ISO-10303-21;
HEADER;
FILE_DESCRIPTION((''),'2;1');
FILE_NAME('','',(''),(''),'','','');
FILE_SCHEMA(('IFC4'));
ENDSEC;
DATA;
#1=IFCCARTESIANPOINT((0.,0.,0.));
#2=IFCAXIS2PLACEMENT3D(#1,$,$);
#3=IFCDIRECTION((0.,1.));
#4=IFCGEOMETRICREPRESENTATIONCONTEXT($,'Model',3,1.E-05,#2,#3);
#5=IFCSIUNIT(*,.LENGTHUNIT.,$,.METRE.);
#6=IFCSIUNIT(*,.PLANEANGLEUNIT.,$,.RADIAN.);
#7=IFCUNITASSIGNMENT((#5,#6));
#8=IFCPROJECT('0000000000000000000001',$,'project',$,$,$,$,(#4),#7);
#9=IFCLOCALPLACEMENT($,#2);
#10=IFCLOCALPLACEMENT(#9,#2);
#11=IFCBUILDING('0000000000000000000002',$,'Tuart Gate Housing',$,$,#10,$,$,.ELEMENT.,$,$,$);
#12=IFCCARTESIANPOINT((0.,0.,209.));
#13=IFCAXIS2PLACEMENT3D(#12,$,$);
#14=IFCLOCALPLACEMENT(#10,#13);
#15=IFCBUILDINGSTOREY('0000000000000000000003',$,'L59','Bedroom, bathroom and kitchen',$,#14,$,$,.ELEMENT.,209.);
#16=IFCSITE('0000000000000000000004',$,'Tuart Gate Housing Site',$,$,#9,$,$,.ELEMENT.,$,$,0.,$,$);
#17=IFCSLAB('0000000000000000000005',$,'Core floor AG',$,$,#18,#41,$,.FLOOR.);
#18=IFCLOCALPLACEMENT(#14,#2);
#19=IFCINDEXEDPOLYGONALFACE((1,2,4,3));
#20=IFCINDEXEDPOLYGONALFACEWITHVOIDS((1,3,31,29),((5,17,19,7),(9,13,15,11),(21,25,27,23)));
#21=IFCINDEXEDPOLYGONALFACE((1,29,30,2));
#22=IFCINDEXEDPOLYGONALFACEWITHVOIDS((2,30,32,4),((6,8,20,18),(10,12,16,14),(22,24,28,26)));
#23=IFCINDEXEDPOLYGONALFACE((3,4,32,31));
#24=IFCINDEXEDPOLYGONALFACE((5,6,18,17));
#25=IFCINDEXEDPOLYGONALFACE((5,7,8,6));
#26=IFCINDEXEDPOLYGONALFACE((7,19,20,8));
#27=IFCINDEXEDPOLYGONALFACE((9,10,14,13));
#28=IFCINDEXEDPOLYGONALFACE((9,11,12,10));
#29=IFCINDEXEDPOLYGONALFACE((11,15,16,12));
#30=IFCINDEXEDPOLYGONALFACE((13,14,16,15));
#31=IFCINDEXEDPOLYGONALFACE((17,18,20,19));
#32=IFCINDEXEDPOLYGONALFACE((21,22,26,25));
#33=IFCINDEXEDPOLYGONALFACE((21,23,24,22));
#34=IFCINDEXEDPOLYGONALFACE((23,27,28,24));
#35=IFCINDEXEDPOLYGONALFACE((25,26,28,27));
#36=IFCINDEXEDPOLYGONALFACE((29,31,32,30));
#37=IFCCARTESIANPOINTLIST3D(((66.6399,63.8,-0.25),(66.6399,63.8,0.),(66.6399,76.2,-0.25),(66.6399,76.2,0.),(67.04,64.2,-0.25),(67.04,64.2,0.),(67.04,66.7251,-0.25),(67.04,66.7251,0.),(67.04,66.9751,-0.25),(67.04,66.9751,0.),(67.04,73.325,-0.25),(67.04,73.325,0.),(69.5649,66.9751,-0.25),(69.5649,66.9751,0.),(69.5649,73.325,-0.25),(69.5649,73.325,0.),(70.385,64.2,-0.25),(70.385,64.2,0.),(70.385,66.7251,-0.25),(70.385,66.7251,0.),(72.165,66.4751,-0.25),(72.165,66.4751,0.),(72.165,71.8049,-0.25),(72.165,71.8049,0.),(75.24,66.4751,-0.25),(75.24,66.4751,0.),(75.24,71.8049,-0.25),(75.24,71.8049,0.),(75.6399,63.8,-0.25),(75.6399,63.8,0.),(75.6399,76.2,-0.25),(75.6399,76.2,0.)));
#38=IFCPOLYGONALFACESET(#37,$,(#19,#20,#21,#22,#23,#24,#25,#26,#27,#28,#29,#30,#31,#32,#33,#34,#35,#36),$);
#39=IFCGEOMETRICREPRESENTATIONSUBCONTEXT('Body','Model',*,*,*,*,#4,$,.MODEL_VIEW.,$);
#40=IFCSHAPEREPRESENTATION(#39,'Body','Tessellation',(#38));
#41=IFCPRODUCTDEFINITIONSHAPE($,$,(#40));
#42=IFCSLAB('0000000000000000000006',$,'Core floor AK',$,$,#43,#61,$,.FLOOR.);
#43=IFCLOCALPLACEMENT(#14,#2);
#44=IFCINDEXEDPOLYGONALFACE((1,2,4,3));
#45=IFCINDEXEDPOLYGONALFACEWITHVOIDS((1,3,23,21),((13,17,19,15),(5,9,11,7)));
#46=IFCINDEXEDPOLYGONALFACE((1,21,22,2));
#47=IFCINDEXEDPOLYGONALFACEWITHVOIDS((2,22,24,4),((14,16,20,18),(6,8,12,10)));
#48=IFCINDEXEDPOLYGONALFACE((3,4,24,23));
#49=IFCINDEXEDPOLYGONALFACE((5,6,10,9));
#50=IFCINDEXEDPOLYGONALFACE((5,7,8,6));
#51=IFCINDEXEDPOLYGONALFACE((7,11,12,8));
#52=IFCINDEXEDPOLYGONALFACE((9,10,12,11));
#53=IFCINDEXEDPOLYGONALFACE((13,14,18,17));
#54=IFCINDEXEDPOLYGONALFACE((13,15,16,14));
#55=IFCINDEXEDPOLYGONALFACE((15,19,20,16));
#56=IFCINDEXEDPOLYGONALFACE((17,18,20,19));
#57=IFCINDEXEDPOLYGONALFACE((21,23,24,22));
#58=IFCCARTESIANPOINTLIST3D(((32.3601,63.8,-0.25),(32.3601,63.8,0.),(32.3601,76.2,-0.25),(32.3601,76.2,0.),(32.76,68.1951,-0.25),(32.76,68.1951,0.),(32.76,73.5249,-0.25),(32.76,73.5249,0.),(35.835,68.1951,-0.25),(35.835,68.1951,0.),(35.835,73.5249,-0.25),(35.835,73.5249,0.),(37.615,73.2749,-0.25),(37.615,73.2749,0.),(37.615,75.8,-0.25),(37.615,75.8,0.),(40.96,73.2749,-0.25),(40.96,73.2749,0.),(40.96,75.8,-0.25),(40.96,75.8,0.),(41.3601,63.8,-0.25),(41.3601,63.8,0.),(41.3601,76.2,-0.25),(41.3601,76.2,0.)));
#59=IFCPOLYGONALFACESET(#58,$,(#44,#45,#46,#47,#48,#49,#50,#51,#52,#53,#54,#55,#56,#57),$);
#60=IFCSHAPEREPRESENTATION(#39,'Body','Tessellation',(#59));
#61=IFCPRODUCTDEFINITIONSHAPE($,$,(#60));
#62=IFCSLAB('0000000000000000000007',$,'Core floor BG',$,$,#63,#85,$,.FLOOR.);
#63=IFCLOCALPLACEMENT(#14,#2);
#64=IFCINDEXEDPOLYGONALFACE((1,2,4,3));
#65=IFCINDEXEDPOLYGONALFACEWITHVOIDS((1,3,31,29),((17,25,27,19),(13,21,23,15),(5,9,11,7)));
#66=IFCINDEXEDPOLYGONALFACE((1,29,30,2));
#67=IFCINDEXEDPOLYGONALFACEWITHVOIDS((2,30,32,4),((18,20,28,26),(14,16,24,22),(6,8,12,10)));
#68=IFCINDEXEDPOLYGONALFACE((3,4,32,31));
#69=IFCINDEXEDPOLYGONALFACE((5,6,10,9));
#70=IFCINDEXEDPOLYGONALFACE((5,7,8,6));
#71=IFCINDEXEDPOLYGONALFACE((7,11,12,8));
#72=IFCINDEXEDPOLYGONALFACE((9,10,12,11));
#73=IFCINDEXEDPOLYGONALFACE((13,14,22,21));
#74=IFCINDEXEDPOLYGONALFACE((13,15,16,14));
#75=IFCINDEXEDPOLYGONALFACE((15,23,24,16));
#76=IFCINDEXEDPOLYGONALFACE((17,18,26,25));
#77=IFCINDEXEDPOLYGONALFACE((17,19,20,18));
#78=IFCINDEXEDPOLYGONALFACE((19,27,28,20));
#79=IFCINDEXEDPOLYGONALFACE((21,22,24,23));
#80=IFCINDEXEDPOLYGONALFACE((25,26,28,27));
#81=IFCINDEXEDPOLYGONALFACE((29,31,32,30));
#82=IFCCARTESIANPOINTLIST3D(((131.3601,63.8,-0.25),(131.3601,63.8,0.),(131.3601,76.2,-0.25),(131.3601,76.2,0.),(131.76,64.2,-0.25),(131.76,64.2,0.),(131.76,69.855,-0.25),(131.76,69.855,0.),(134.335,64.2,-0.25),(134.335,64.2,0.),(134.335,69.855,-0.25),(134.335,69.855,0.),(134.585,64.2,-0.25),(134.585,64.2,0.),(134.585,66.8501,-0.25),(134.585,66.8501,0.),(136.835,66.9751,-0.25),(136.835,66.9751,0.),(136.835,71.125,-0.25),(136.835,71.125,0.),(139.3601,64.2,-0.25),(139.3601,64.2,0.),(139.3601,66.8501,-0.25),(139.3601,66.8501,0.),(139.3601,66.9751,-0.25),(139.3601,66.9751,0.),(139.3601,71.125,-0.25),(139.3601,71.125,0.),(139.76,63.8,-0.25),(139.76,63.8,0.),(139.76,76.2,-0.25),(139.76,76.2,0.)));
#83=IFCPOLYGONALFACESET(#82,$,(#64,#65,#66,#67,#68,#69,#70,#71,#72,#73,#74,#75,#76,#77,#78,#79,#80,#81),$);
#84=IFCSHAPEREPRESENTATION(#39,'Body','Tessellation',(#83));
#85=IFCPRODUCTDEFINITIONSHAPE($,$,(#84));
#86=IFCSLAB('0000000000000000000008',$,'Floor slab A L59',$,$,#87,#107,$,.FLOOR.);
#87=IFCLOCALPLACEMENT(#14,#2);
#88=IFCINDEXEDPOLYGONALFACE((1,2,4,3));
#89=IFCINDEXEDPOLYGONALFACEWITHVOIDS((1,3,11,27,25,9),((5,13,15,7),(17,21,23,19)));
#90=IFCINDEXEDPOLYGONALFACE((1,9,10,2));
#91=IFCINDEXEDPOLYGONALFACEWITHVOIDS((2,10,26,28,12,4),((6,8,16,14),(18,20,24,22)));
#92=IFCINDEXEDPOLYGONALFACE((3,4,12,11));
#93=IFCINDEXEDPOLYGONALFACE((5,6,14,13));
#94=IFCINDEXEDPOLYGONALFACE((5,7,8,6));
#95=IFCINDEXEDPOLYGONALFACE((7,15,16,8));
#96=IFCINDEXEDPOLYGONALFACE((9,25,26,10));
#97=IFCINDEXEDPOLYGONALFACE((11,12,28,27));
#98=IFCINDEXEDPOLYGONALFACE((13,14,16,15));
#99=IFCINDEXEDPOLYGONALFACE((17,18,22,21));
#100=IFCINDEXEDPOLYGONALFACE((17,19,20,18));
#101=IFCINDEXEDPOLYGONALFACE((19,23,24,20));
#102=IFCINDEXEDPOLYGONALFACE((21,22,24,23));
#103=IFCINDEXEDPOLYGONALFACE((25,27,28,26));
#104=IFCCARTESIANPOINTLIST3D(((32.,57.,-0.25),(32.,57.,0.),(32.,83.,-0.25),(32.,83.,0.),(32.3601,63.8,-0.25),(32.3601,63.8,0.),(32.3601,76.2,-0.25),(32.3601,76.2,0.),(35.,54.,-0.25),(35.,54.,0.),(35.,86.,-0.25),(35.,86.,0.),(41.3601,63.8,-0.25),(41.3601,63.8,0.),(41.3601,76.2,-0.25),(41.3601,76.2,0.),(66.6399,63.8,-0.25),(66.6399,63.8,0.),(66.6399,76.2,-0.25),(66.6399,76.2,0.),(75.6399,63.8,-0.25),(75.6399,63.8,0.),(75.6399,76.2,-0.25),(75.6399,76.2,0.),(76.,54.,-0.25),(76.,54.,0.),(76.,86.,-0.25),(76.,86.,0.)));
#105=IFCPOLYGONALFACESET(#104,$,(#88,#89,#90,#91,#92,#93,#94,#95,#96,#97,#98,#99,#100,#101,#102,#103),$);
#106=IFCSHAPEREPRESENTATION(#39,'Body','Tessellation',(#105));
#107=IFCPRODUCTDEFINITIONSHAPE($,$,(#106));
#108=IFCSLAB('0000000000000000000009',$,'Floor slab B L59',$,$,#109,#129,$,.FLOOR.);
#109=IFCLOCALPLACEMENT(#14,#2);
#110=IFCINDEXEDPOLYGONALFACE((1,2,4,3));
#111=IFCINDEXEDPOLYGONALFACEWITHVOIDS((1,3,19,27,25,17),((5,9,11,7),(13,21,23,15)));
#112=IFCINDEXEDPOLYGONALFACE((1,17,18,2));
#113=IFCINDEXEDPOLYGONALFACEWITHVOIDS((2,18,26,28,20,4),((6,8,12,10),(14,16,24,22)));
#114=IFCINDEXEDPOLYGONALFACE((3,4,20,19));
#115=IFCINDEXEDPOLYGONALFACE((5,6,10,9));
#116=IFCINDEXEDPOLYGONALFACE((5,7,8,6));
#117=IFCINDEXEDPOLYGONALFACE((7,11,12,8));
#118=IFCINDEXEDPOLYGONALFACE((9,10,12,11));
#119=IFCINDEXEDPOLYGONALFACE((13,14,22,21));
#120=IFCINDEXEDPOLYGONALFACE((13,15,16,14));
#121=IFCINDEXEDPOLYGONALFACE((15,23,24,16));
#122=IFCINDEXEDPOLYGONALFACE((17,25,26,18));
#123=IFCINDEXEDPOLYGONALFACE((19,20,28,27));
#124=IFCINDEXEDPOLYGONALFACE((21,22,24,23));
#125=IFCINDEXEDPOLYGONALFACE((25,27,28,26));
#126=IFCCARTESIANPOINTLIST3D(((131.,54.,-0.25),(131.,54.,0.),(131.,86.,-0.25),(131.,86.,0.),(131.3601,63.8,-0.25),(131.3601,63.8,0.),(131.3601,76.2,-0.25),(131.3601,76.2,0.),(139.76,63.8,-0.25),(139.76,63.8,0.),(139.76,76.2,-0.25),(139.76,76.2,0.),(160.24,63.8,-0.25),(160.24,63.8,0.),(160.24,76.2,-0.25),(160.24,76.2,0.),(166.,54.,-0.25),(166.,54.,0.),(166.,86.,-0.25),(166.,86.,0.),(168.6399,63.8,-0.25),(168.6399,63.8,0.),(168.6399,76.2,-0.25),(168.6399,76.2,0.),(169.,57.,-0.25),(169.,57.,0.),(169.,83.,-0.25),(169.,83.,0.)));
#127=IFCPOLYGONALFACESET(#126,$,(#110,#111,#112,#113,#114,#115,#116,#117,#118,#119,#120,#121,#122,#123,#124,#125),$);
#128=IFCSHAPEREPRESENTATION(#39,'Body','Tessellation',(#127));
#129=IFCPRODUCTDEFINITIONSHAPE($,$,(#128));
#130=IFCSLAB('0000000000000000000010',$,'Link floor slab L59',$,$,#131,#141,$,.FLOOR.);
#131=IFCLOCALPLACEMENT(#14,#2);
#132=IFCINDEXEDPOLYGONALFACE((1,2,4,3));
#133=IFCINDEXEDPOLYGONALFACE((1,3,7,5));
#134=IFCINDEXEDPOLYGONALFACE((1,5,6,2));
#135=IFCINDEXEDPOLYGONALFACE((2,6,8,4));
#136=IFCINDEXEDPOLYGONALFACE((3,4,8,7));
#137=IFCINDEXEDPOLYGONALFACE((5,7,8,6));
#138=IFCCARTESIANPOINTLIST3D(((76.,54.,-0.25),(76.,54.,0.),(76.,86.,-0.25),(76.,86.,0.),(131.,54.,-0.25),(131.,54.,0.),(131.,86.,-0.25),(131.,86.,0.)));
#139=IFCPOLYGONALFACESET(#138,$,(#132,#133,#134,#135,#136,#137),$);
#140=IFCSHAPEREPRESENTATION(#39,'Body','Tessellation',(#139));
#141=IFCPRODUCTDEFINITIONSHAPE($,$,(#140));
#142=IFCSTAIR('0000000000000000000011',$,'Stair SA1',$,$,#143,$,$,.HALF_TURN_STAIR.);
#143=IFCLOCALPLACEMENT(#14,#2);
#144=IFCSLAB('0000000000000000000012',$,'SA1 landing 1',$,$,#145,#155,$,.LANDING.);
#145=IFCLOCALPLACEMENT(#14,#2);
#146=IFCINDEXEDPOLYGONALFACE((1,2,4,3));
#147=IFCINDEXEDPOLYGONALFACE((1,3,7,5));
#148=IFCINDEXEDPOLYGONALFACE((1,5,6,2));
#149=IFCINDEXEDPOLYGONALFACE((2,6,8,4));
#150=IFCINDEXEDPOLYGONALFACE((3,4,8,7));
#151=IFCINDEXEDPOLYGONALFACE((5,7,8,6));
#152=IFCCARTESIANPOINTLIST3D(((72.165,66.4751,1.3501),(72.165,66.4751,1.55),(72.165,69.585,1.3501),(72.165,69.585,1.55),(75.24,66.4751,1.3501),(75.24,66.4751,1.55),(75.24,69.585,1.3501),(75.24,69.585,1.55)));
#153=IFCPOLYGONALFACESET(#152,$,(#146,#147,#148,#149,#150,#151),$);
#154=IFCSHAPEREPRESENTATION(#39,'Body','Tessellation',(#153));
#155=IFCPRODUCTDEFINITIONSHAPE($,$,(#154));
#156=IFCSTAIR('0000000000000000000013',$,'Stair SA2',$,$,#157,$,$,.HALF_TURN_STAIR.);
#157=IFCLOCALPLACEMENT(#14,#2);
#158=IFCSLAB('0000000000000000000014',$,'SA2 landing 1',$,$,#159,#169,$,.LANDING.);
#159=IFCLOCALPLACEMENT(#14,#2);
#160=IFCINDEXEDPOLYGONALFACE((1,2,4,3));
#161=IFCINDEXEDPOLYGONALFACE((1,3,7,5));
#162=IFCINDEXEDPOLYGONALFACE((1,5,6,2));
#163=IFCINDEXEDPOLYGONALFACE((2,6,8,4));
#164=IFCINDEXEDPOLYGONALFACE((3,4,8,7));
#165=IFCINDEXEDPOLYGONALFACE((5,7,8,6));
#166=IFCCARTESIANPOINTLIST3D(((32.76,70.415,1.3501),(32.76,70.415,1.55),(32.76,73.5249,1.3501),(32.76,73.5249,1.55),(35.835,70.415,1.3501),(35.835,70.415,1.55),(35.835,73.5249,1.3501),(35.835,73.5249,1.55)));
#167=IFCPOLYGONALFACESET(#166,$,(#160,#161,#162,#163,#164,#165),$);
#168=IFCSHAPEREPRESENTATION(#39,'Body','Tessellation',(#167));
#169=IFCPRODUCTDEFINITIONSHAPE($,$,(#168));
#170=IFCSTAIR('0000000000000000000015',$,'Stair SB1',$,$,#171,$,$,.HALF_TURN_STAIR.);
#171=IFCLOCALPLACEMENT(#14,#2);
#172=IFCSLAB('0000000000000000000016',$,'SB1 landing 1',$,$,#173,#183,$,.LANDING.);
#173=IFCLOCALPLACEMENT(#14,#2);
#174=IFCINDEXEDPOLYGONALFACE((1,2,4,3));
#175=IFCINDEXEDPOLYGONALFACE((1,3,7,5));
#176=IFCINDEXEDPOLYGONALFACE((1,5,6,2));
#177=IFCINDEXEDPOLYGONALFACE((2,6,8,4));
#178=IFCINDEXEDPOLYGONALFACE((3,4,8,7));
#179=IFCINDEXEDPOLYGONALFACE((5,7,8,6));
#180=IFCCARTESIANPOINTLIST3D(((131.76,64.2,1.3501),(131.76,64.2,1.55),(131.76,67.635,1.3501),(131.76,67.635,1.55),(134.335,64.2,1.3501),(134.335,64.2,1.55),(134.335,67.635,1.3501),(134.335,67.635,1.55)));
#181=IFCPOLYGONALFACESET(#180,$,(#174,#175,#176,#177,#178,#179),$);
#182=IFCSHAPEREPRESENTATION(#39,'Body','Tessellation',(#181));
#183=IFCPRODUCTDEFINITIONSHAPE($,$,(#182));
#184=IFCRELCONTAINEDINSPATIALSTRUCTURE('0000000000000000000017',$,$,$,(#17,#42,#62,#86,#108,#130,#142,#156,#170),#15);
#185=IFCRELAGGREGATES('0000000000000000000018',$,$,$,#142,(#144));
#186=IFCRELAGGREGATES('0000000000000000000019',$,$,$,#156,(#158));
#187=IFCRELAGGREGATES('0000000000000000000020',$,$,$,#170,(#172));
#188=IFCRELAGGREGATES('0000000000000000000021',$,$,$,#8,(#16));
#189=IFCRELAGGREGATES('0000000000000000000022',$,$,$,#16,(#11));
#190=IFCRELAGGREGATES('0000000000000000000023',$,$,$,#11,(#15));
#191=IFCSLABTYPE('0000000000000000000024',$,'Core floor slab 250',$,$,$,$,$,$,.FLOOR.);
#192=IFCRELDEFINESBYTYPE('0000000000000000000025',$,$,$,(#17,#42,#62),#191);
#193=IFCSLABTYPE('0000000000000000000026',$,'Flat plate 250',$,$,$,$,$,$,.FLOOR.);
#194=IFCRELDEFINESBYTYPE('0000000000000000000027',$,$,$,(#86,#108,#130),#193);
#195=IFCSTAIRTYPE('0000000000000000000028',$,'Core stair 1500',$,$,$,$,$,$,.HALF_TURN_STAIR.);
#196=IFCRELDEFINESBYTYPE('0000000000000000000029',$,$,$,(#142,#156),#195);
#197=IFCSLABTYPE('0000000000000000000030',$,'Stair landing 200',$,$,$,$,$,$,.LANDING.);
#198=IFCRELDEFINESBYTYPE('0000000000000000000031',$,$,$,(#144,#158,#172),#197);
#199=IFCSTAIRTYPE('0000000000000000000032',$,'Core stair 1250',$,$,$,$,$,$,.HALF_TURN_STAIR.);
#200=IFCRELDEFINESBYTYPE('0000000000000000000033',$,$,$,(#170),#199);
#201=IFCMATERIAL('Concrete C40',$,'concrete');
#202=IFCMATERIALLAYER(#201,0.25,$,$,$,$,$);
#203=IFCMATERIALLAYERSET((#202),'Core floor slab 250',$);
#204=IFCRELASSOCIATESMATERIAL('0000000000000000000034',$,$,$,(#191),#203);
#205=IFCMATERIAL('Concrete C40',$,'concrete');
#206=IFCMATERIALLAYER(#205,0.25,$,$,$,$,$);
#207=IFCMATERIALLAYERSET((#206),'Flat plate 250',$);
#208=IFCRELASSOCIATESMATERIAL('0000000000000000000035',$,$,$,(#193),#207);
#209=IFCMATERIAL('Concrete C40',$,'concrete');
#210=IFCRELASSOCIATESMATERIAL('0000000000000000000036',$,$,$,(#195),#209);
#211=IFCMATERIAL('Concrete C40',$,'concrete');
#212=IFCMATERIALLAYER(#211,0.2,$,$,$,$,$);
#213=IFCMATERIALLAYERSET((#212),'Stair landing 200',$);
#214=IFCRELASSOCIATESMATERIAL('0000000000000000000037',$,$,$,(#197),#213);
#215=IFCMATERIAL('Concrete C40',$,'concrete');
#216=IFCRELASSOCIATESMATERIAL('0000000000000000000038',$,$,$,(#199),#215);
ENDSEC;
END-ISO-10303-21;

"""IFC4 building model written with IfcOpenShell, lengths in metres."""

from ifc_helpers import new_model, si_unit, direction, frame, origin, place, context, subcontext, project, spatial, polyline, outline, extrude, material, layer, layer_set, type_object, element, aggregate, save


model = new_model("IFC4")

# Units and contexts
model_context = context("Model", 3, precision=1e-05, world=origin(), true_north=direction((0.0, 1.0)))
body_context = subcontext(model_context, "Body", "Model", "MODEL_VIEW")
ifc_project = project(units=[si_unit("LENGTHUNIT", "METRE"), si_unit("PLANEANGLEUNIT", "RADIAN")], contexts=[model_context])

# Site, building, storey
site_placement = place(None, origin())
site = spatial("IfcSite", under=ifc_project, at=site_placement, Name="Tuart Gate Housing Site", CompositionType="ELEMENT", RefElevation=0.0)
building_placement = place(site_placement, origin())
building = spatial("IfcBuilding", under=site, at=building_placement, Name="Tuart Gate Housing", CompositionType="ELEMENT")
storey_placement = place(building_placement, frame((0.0, 0.0, 209.0)))
storey = spatial("IfcBuildingStorey", under=building, at=storey_placement, Name="L59", Description="Bedroom, bathroom and kitchen", CompositionType="ELEMENT", Elevation=209.0)

# Slabs
ifc_material_1 = material(Name="Concrete C40", Category="concrete")
ifc_layer_1 = layer(ifc_material_1, 0.25)
ifc_layer_set_1 = layer_set([ifc_layer_1], Name="Core floor slab 250")
slab_type_1 = type_object("IfcSlabType", Name="Core floor slab 250", PredefinedType="FLOOR", material=ifc_layer_set_1)
slab_1_placement = place(storey_placement, frame((0.0, 0.0, -0.25)))
element("IfcSlab", 1, at=slab_1_placement, inside=storey, type_object=slab_type_1, Name="Core floor AG", PredefinedType="FLOOR", context=body_context, shape_type="SweptSolid", body=[
    extrude(outline(polyline([(66.6399, 63.8), (75.6399, 63.8), (75.6399, 76.2), (66.6399, 76.2), (66.6399, 63.8)]), holes=[polyline([(67.04, 64.2), (70.385, 64.2), (70.385, 66.7251), (67.04, 66.7251), (67.04, 64.2)]), polyline([(67.04, 66.9751), (69.5649, 66.9751), (69.5649, 73.325), (67.04, 73.325), (67.04, 66.9751)]), polyline([(72.165, 66.4751), (75.24, 66.4751), (75.24, 71.8049), (72.165, 71.8049), (72.165, 66.4751)])]), origin(), (0.0, 0.0, 1.0), 0.25),
])
slab_2_placement = place(storey_placement, frame((0.0, 0.0, -0.25)))
element("IfcSlab", 2, at=slab_2_placement, inside=storey, type_object=slab_type_1, Name="Core floor AK", PredefinedType="FLOOR", context=body_context, shape_type="SweptSolid", body=[
    extrude(outline(polyline([(32.3601, 63.8), (41.3601, 63.8), (41.3601, 76.2), (32.3601, 76.2), (32.3601, 63.8)]), holes=[polyline([(40.96, 75.8), (37.615, 75.8), (37.615, 73.2749), (40.96, 73.2749), (40.96, 75.8)]), polyline([(35.835, 73.5249), (32.76, 73.5249), (32.76, 68.1951), (35.835, 68.1951), (35.835, 73.5249)])]), origin(), (0.0, 0.0, 1.0), 0.25),
])
slab_3_placement = place(storey_placement, frame((0.0, 0.0, -0.25)))
element("IfcSlab", 3, at=slab_3_placement, inside=storey, type_object=slab_type_1, Name="Core floor BG", PredefinedType="FLOOR", context=body_context, shape_type="SweptSolid", body=[
    extrude(outline(polyline([(131.3601, 63.8), (139.76, 63.8), (139.76, 76.2), (131.3601, 76.2), (131.3601, 63.8)]), holes=[polyline([(139.3601, 66.8501), (134.585, 66.8501), (134.585, 64.2), (139.3601, 64.2), (139.3601, 66.8501)]), polyline([(139.3601, 71.125), (136.835, 71.125), (136.835, 66.9751), (139.3601, 66.9751), (139.3601, 71.125)]), polyline([(134.335, 69.855), (131.76, 69.855), (131.76, 64.2), (134.335, 64.2), (134.335, 69.855)])]), origin(), (0.0, 0.0, 1.0), 0.25),
])
ifc_material_2 = material(Name="Concrete C40", Category="concrete")
ifc_layer_2 = layer(ifc_material_2, 0.25)
ifc_layer_set_2 = layer_set([ifc_layer_2], Name="Flat plate 250")
slab_type_2 = type_object("IfcSlabType", Name="Flat plate 250", PredefinedType="FLOOR", material=ifc_layer_set_2)
slab_4_placement = place(storey_placement, frame((0.0, 0.0, -0.25)))
element("IfcSlab", 4, at=slab_4_placement, inside=storey, type_object=slab_type_2, Name="Floor slab A L59", PredefinedType="FLOOR", context=body_context, shape_type="SweptSolid", body=[
    extrude(outline(polyline([(35.0, 86.0), (32.0, 83.0), (32.0, 57.0), (35.0, 54.0), (76.0, 54.0), (76.0, 86.0), (35.0, 86.0)]), holes=[polyline([(66.6399, 76.2), (75.6399, 76.2), (75.6399, 63.8), (66.6399, 63.8), (66.6399, 76.2)]), polyline([(41.3601, 76.2), (41.3601, 63.8), (32.3601, 63.8), (32.3601, 76.2), (41.3601, 76.2)])]), origin(), (0.0, 0.0, 1.0), 0.25),
])
slab_5_placement = place(storey_placement, frame((0.0, 0.0, -0.25)))
element("IfcSlab", 5, at=slab_5_placement, inside=storey, type_object=slab_type_2, Name="Floor slab B L59", PredefinedType="FLOOR", context=body_context, shape_type="SweptSolid", body=[
    extrude(outline(polyline([(166.0, 86.0), (131.0, 86.0), (131.0, 54.0), (166.0, 54.0), (169.0, 57.0), (169.0, 83.0), (166.0, 86.0)]), holes=[polyline([(131.3601, 76.2), (139.76, 76.2), (139.76, 63.8), (131.3601, 63.8), (131.3601, 76.2)]), polyline([(168.6399, 76.2), (168.6399, 63.8), (160.24, 63.8), (160.24, 76.2), (168.6399, 76.2)])]), origin(), (0.0, 0.0, 1.0), 0.25),
])
slab_6_placement = place(storey_placement, frame((0.0, 0.0, -0.25)))
element("IfcSlab", 6, at=slab_6_placement, inside=storey, type_object=slab_type_2, Name="Link floor slab L59", PredefinedType="FLOOR", context=body_context, shape_type="SweptSolid", body=[
    extrude(outline(polyline([(76.0, 54.0), (131.0, 54.0), (131.0, 86.0), (76.0, 86.0), (76.0, 54.0)])), origin(), (0.0, 0.0, 1.0), 0.25),
])

# Stairs, slabs
ifc_material_3 = material(Name="Concrete C40", Category="concrete")
stair_type_1 = type_object("IfcStairType", Name="Core stair 1500", PredefinedType="HALF_TURN_STAIR", material=ifc_material_3)
stair_1_placement = place(storey_placement, origin())
stair_1 = element("IfcStair", 7, at=stair_1_placement, inside=storey, type_object=stair_type_1, Name="Stair SA1", PredefinedType="HALF_TURN_STAIR")
ifc_material_4 = material(Name="Concrete C40", Category="concrete")
ifc_layer_3 = layer(ifc_material_4, 0.2)
ifc_layer_set_3 = layer_set([ifc_layer_3], Name="Stair landing 200")
slab_type_3 = type_object("IfcSlabType", Name="Stair landing 200", PredefinedType="LANDING", material=ifc_layer_set_3)
slab_7_placement = place(storey_placement, frame((0.0, 0.0, 1.3501)))
slab_7 = element("IfcSlab", 8, at=slab_7_placement, type_object=slab_type_3, Name="SA1 landing 1", PredefinedType="LANDING", context=body_context, shape_type="SweptSolid", body=[
    extrude(outline(polyline([(72.165, 66.4751), (75.24, 66.4751), (75.24, 69.585), (72.165, 69.585), (72.165, 66.4751)])), origin(), (0.0, 0.0, 1.0), 0.2),
])
aggregate(stair_1, [slab_7])
stair_2_placement = place(storey_placement, origin())
stair_2 = element("IfcStair", 9, at=stair_2_placement, inside=storey, type_object=stair_type_1, Name="Stair SA2", PredefinedType="HALF_TURN_STAIR")
slab_8_placement = place(storey_placement, frame((0.0, 0.0, 1.3501)))
slab_8 = element("IfcSlab", 10, at=slab_8_placement, type_object=slab_type_3, Name="SA2 landing 1", PredefinedType="LANDING", context=body_context, shape_type="SweptSolid", body=[
    extrude(outline(polyline([(35.835, 73.5249), (32.76, 73.5249), (32.76, 70.415), (35.835, 70.415), (35.835, 73.5249)])), origin(), (0.0, 0.0, 1.0), 0.2),
])
aggregate(stair_2, [slab_8])
ifc_material_5 = material(Name="Concrete C40", Category="concrete")
stair_type_2 = type_object("IfcStairType", Name="Core stair 1250", PredefinedType="HALF_TURN_STAIR", material=ifc_material_5)
stair_3_placement = place(storey_placement, origin())
stair_3 = element("IfcStair", 11, at=stair_3_placement, inside=storey, type_object=stair_type_2, Name="Stair SB1", PredefinedType="HALF_TURN_STAIR")
slab_9_placement = place(storey_placement, frame((0.0, 0.0, 1.3501)))
slab_9 = element("IfcSlab", 12, at=slab_9_placement, type_object=slab_type_3, Name="SB1 landing 1", PredefinedType="LANDING", context=body_context, shape_type="SweptSolid", body=[
    extrude(outline(polyline([(134.335, 67.635), (131.76, 67.635), (131.76, 64.2), (134.335, 64.2), (134.335, 67.635)])), origin(), (0.0, 0.0, 1.0), 0.2),
])
aggregate(stair_3, [slab_9])

save(model, "model.ifc")
